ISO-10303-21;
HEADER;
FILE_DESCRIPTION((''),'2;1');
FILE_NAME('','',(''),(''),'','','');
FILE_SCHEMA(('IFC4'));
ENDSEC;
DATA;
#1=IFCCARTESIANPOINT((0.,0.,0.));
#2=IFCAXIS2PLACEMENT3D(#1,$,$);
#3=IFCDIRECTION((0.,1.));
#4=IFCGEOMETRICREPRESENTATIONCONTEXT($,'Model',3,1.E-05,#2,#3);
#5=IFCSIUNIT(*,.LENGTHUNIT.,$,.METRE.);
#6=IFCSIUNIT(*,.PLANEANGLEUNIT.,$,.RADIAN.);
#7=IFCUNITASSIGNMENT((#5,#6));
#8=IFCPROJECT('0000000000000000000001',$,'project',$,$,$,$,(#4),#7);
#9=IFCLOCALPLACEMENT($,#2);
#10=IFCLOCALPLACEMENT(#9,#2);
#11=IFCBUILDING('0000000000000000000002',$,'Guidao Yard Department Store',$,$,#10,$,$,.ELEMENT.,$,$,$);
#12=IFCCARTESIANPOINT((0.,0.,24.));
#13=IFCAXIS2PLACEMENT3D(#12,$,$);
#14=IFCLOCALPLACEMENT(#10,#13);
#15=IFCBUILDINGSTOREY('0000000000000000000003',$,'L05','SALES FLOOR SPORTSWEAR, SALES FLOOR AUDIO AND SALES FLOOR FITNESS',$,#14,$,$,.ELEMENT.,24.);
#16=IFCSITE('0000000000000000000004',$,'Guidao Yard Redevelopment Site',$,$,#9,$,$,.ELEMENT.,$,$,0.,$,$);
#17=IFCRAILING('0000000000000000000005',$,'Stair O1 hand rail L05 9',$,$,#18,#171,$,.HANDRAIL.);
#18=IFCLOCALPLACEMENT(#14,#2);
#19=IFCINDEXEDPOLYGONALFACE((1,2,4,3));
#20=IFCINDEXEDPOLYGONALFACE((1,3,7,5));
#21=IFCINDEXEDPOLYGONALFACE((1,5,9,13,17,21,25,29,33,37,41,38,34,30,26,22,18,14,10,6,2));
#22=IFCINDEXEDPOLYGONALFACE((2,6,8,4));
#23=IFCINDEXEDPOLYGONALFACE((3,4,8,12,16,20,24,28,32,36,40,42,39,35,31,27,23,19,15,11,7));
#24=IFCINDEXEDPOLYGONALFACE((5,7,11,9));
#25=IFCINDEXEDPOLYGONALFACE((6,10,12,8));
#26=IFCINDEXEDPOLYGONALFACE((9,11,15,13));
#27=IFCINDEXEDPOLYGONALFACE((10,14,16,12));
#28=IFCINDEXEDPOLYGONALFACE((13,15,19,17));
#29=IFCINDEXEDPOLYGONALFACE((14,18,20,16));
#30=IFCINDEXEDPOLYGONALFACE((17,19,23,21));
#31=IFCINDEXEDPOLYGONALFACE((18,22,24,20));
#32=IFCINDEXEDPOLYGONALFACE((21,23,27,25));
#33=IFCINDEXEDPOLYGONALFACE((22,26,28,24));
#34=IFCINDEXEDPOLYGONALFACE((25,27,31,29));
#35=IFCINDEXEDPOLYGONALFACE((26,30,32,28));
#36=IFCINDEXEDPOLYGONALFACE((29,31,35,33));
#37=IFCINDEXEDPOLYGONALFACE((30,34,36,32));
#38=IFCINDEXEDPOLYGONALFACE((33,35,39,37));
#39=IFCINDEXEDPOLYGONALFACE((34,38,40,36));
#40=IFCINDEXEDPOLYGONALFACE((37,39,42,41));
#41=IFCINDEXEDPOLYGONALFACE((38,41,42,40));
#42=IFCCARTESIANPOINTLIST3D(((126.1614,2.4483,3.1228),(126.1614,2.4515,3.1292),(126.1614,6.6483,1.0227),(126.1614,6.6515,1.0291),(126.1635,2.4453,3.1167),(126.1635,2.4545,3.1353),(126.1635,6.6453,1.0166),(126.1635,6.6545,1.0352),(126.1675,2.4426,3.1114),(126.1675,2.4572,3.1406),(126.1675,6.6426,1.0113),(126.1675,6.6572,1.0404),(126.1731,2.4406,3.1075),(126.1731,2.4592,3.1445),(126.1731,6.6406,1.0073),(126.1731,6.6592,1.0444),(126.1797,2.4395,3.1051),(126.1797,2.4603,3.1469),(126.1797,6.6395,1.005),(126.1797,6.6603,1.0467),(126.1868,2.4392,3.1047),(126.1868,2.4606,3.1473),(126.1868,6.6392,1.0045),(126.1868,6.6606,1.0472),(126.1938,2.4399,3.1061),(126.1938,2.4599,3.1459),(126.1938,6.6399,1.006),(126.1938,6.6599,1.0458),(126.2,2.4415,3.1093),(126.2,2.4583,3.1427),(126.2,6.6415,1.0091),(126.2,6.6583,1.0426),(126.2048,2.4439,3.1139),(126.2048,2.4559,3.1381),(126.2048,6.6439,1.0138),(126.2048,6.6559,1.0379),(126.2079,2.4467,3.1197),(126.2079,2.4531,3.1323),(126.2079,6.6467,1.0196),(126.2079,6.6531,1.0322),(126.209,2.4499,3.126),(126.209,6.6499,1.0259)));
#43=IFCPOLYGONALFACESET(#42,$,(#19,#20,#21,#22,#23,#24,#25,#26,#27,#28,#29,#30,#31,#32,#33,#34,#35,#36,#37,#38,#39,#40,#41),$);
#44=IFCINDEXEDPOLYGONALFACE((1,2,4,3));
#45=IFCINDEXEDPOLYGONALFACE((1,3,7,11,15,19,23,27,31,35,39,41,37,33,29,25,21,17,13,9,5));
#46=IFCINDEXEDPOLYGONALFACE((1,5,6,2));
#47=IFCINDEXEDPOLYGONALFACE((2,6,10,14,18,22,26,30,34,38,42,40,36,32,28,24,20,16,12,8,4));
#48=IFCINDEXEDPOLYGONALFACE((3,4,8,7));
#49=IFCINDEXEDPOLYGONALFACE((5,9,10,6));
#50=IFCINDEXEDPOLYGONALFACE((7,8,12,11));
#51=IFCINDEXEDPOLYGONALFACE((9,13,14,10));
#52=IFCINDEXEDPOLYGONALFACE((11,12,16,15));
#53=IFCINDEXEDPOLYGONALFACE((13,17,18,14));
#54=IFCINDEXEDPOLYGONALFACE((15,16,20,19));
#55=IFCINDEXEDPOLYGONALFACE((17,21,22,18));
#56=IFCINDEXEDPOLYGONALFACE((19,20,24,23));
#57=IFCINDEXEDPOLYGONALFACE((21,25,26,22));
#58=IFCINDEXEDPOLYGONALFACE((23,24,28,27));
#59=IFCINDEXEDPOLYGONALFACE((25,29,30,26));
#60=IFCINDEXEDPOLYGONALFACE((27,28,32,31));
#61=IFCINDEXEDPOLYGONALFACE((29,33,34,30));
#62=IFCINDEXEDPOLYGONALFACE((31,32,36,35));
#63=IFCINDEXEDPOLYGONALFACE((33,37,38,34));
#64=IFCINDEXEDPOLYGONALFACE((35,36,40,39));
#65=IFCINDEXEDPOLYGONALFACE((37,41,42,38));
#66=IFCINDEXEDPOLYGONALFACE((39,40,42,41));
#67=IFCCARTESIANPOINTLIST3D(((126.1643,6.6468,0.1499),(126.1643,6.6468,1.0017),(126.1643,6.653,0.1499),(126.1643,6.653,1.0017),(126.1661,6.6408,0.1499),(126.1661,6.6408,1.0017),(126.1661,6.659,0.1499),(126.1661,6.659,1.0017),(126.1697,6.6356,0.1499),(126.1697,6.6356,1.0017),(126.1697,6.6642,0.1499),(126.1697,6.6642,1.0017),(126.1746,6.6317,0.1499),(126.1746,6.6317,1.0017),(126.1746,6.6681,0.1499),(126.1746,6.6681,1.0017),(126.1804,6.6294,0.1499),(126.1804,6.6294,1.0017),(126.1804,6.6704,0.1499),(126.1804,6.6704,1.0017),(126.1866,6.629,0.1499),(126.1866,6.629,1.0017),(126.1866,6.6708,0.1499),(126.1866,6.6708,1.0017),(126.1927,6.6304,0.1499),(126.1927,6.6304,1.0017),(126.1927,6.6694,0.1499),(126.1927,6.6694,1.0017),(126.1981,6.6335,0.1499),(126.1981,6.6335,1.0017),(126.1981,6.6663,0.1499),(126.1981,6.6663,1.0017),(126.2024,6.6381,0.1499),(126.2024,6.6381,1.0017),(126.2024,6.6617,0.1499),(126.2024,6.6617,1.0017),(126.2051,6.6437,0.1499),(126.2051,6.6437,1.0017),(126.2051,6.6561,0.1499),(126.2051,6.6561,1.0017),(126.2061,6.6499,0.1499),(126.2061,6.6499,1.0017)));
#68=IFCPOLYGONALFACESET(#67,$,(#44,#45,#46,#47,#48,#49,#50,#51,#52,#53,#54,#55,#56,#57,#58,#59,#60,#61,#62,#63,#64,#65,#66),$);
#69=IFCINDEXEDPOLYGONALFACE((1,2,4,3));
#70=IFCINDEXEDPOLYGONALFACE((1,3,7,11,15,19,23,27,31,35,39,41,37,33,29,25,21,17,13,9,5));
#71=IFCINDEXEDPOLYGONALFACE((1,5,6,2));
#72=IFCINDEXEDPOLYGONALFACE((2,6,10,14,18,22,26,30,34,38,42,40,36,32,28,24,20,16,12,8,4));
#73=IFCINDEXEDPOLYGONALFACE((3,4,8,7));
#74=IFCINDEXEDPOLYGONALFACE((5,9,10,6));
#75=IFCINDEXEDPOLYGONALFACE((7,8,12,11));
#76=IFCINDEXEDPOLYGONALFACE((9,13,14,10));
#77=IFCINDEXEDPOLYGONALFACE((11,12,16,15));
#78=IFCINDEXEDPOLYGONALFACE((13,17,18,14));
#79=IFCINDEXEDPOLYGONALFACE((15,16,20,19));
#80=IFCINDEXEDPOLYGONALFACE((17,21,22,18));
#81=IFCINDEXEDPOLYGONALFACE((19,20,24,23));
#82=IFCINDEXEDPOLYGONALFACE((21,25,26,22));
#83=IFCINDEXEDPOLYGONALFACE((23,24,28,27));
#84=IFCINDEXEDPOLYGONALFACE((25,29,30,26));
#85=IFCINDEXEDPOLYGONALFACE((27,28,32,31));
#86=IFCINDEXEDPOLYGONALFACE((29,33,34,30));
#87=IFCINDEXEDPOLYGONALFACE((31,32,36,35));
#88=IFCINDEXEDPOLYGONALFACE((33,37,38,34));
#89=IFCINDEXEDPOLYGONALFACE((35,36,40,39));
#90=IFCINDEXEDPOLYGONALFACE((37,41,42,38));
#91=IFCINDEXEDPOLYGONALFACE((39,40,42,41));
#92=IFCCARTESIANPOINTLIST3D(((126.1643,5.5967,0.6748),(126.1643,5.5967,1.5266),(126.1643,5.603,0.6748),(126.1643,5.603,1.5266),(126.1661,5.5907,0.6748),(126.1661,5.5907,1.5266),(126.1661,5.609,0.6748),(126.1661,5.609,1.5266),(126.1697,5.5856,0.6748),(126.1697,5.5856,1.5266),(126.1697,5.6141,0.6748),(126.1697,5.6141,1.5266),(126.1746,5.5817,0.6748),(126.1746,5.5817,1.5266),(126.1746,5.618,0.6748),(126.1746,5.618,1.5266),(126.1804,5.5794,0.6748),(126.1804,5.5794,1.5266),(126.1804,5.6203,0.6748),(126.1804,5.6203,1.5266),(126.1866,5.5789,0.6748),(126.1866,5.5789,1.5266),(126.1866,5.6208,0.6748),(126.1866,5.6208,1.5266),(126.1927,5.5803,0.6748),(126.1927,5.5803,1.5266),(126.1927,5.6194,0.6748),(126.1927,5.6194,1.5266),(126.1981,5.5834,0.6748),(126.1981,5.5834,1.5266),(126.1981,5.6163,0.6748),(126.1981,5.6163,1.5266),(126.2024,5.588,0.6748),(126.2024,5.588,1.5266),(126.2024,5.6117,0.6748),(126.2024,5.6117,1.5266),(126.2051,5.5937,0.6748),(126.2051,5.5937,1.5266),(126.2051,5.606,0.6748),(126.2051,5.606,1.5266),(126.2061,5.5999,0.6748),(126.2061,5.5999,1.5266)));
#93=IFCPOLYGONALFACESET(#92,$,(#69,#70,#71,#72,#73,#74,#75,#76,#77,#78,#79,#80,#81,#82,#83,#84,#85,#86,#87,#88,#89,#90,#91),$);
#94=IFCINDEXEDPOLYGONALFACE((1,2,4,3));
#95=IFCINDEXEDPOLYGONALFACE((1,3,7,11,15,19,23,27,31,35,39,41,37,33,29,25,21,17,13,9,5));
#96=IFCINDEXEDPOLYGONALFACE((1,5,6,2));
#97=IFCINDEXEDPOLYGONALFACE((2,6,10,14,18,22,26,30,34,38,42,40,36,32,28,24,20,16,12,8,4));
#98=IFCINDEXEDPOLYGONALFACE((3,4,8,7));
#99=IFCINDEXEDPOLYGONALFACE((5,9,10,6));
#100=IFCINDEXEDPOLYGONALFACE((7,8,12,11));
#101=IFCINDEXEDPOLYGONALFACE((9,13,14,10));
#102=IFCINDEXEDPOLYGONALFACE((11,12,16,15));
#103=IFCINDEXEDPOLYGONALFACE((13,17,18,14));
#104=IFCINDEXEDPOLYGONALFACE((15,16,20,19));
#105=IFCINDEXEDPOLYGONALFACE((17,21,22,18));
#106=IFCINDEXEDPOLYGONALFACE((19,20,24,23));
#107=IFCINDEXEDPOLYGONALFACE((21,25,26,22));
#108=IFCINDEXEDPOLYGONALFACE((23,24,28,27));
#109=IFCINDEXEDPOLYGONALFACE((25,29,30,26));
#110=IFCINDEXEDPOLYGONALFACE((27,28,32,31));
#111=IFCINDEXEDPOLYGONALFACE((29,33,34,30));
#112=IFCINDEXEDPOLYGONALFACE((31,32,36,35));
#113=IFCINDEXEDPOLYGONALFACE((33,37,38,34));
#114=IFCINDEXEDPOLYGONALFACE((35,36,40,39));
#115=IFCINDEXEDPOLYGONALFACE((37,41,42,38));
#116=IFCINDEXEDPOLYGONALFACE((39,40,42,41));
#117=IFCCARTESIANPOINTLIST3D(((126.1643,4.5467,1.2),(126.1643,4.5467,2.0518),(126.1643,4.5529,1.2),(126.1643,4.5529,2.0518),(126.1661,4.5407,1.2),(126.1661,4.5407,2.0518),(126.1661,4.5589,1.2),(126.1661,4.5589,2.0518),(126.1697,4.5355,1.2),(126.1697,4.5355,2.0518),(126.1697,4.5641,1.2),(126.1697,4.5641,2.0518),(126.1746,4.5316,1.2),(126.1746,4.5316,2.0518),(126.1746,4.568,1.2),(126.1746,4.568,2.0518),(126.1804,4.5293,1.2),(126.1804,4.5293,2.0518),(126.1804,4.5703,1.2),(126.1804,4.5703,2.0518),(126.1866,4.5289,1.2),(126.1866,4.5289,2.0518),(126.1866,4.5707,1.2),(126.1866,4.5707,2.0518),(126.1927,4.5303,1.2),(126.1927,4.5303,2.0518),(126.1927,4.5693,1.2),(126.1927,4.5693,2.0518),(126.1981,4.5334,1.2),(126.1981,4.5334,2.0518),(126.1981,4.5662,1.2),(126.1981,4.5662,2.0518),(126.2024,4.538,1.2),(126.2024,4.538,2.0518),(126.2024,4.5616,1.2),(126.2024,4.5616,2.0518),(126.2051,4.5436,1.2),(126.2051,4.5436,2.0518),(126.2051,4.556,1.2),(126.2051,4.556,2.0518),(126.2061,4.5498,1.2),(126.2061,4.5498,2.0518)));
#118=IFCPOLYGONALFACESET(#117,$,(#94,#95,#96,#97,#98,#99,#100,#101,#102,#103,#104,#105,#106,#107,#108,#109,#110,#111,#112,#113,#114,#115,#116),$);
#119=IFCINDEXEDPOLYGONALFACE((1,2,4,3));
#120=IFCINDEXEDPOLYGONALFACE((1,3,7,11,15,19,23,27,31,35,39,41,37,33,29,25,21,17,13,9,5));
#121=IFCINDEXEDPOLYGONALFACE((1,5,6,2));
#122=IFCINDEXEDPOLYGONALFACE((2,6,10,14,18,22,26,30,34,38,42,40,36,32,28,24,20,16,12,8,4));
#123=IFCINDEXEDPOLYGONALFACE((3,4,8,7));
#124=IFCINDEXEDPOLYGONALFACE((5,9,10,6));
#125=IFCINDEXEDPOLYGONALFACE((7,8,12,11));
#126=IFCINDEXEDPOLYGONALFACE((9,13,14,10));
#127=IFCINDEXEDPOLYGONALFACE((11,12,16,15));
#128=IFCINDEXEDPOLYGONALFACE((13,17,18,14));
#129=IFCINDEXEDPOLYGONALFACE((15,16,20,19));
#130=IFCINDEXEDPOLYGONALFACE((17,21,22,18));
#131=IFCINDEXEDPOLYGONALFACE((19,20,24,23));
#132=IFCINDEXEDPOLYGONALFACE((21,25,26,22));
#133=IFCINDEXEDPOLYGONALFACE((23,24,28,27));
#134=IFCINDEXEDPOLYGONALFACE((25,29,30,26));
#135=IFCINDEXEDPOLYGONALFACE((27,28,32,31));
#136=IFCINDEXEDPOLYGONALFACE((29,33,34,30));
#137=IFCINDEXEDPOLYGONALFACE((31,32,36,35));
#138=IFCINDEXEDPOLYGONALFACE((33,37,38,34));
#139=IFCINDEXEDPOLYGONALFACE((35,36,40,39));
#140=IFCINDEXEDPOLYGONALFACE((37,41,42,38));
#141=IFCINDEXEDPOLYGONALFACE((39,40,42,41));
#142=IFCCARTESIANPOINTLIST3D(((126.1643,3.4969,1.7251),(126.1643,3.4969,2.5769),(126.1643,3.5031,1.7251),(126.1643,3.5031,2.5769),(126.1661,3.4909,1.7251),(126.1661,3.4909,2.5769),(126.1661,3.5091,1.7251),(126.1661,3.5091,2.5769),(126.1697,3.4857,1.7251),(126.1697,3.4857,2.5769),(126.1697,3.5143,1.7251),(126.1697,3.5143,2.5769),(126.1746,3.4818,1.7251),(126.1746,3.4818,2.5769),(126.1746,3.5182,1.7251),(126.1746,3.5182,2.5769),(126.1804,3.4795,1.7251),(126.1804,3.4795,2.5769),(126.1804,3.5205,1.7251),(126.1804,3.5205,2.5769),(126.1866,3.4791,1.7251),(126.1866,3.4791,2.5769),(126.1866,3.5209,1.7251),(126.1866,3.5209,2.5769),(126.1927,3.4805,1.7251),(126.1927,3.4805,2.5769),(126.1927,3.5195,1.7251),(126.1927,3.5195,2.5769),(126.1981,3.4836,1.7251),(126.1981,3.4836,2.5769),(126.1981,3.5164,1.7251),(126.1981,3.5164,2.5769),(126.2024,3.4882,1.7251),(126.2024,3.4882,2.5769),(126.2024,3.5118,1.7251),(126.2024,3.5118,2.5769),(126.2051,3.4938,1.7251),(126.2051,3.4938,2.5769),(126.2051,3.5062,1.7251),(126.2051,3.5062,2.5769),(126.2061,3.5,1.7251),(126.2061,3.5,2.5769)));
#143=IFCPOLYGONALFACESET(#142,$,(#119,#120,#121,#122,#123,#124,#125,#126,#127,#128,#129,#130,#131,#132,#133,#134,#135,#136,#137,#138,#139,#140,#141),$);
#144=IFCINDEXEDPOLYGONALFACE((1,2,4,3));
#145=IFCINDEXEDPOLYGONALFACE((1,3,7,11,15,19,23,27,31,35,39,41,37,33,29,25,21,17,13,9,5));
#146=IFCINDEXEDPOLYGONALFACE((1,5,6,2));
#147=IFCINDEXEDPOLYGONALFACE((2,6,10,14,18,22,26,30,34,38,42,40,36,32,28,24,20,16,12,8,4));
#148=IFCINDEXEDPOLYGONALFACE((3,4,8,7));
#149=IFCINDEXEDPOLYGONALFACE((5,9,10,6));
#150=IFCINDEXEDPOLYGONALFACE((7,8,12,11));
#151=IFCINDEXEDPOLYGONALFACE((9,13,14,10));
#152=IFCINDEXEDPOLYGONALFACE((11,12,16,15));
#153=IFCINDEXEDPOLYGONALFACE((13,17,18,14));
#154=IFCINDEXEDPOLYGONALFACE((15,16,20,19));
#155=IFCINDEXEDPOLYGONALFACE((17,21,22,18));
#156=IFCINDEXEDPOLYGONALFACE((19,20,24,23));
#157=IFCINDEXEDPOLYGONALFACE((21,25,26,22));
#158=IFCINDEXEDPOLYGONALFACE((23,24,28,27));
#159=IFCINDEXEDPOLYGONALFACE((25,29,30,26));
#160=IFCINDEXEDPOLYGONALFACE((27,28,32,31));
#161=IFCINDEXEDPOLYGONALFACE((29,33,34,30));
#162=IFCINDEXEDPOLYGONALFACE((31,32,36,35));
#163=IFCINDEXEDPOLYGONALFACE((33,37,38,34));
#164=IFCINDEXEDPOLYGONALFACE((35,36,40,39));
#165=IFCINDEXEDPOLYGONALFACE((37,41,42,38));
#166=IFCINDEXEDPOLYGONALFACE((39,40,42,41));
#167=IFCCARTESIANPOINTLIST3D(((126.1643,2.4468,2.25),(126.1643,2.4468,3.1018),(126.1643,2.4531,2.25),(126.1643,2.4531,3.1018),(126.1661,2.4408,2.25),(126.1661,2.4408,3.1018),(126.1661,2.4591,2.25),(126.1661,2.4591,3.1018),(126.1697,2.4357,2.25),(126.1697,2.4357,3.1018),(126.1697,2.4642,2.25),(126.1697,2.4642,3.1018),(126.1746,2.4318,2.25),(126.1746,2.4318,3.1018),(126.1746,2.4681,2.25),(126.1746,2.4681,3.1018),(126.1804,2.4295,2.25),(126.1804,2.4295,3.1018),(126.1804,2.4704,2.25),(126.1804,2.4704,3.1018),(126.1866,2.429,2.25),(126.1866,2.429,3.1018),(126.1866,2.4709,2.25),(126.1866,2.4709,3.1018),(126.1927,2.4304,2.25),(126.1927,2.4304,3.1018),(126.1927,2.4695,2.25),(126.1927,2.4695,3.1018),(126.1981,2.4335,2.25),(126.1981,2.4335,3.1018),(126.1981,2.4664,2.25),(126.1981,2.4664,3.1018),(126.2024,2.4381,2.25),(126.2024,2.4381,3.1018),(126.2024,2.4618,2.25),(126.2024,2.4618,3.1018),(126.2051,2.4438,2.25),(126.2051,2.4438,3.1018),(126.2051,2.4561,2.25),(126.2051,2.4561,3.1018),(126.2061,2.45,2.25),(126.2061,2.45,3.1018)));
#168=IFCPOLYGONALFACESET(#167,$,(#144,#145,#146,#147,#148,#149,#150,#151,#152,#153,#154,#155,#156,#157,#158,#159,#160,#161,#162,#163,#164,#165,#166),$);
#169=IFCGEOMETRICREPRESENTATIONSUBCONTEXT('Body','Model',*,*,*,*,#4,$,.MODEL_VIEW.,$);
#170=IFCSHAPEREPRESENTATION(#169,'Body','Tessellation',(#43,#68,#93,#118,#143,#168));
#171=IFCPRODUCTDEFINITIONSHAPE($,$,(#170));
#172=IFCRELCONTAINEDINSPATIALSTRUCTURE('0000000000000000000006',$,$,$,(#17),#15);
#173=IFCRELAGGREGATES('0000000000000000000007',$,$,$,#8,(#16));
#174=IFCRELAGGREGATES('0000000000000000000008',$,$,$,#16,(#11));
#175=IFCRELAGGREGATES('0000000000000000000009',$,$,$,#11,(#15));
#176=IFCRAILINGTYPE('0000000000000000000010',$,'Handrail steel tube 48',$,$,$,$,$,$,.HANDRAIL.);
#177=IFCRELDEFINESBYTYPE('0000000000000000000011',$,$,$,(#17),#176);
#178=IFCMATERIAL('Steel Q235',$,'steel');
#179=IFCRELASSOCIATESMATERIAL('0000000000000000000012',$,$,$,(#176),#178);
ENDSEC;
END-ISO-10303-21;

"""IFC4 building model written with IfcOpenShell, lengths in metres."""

from ifc_helpers import new_model, si_unit, direction, frame, origin, origin_2d, place, context, subcontext, project, spatial, circle, extrude, material, type_object, element, save


model = new_model("IFC4")

# Units and contexts
model_context = context("Model", 3, precision=1e-05, world=origin(), true_north=direction((0.0, 1.0)))
body_context = subcontext(model_context, "Body", "Model", "MODEL_VIEW")
ifc_project = project(units=[si_unit("LENGTHUNIT", "METRE"), si_unit("PLANEANGLEUNIT", "RADIAN")], contexts=[model_context])

# Site, building, storey
site_placement = place(None, origin())
site = spatial("IfcSite", under=ifc_project, at=site_placement, Name="Guidao Yard Redevelopment Site", CompositionType="ELEMENT", RefElevation=0.0)
building_placement = place(site_placement, origin())
building = spatial("IfcBuilding", under=site, at=building_placement, Name="Guidao Yard Department Store", CompositionType="ELEMENT")
storey_placement = place(building_placement, frame((0.0, 0.0, 24.0)))
storey = spatial("IfcBuildingStorey", under=building, at=storey_placement, Name="L05", Description="SALES FLOOR SPORTSWEAR, SALES FLOOR AUDIO AND SALES FLOOR FITNESS", CompositionType="ELEMENT", Elevation=24.0)

# Railing
ifc_material_1 = material(Name="Steel Q235", Category="steel")
railing_type = type_object("IfcRailingType", Name="Handrail steel tube 48", PredefinedType="HANDRAIL", material=ifc_material_1)
for number, where, name in (
    (1, (126.1851, 6.6499, 0.1499), "Stair O1 hand rail L05 9"),
):
    element("IfcRailing", number, at=place(storey_placement, frame(where)), inside=storey, type_object=railing_type, Name=name, PredefinedType="HANDRAIL", context=body_context, shape_type="SweptSolid", body=[
        extrude(circle(Radius=0.0239, at=origin_2d()), frame((0.0, 0.0, 0.876), z_axis=(0.0, -0.894417, 0.447234), x_axis=(1.0, 0.0, 0.0)), (0.0, 0.0, 1.0), 4.6958),
        extrude(circle(Radius=0.021, at=origin_2d()), origin(), (0.0, 0.0, 1.0), 0.8518),
        extrude(circle(Radius=0.021, at=origin_2d()), frame((0.0, -1.05, 0.5249)), (0.0, 0.0, 1.0), 0.8518),
        extrude(circle(Radius=0.021, at=origin_2d()), frame((0.0, -2.1001, 1.05)), (0.0, 0.0, 1.0), 0.8518),
        extrude(circle(Radius=0.021, at=origin_2d()), frame((0.0, -3.1499, 1.5752)), (0.0, 0.0, 1.0), 0.8518),
        extrude(circle(Radius=0.021, at=origin_2d()), frame((0.0, -4.2, 2.1001)), (0.0, 0.0, 1.0), 0.8518),
    ])

save(model, "model.ifc")
